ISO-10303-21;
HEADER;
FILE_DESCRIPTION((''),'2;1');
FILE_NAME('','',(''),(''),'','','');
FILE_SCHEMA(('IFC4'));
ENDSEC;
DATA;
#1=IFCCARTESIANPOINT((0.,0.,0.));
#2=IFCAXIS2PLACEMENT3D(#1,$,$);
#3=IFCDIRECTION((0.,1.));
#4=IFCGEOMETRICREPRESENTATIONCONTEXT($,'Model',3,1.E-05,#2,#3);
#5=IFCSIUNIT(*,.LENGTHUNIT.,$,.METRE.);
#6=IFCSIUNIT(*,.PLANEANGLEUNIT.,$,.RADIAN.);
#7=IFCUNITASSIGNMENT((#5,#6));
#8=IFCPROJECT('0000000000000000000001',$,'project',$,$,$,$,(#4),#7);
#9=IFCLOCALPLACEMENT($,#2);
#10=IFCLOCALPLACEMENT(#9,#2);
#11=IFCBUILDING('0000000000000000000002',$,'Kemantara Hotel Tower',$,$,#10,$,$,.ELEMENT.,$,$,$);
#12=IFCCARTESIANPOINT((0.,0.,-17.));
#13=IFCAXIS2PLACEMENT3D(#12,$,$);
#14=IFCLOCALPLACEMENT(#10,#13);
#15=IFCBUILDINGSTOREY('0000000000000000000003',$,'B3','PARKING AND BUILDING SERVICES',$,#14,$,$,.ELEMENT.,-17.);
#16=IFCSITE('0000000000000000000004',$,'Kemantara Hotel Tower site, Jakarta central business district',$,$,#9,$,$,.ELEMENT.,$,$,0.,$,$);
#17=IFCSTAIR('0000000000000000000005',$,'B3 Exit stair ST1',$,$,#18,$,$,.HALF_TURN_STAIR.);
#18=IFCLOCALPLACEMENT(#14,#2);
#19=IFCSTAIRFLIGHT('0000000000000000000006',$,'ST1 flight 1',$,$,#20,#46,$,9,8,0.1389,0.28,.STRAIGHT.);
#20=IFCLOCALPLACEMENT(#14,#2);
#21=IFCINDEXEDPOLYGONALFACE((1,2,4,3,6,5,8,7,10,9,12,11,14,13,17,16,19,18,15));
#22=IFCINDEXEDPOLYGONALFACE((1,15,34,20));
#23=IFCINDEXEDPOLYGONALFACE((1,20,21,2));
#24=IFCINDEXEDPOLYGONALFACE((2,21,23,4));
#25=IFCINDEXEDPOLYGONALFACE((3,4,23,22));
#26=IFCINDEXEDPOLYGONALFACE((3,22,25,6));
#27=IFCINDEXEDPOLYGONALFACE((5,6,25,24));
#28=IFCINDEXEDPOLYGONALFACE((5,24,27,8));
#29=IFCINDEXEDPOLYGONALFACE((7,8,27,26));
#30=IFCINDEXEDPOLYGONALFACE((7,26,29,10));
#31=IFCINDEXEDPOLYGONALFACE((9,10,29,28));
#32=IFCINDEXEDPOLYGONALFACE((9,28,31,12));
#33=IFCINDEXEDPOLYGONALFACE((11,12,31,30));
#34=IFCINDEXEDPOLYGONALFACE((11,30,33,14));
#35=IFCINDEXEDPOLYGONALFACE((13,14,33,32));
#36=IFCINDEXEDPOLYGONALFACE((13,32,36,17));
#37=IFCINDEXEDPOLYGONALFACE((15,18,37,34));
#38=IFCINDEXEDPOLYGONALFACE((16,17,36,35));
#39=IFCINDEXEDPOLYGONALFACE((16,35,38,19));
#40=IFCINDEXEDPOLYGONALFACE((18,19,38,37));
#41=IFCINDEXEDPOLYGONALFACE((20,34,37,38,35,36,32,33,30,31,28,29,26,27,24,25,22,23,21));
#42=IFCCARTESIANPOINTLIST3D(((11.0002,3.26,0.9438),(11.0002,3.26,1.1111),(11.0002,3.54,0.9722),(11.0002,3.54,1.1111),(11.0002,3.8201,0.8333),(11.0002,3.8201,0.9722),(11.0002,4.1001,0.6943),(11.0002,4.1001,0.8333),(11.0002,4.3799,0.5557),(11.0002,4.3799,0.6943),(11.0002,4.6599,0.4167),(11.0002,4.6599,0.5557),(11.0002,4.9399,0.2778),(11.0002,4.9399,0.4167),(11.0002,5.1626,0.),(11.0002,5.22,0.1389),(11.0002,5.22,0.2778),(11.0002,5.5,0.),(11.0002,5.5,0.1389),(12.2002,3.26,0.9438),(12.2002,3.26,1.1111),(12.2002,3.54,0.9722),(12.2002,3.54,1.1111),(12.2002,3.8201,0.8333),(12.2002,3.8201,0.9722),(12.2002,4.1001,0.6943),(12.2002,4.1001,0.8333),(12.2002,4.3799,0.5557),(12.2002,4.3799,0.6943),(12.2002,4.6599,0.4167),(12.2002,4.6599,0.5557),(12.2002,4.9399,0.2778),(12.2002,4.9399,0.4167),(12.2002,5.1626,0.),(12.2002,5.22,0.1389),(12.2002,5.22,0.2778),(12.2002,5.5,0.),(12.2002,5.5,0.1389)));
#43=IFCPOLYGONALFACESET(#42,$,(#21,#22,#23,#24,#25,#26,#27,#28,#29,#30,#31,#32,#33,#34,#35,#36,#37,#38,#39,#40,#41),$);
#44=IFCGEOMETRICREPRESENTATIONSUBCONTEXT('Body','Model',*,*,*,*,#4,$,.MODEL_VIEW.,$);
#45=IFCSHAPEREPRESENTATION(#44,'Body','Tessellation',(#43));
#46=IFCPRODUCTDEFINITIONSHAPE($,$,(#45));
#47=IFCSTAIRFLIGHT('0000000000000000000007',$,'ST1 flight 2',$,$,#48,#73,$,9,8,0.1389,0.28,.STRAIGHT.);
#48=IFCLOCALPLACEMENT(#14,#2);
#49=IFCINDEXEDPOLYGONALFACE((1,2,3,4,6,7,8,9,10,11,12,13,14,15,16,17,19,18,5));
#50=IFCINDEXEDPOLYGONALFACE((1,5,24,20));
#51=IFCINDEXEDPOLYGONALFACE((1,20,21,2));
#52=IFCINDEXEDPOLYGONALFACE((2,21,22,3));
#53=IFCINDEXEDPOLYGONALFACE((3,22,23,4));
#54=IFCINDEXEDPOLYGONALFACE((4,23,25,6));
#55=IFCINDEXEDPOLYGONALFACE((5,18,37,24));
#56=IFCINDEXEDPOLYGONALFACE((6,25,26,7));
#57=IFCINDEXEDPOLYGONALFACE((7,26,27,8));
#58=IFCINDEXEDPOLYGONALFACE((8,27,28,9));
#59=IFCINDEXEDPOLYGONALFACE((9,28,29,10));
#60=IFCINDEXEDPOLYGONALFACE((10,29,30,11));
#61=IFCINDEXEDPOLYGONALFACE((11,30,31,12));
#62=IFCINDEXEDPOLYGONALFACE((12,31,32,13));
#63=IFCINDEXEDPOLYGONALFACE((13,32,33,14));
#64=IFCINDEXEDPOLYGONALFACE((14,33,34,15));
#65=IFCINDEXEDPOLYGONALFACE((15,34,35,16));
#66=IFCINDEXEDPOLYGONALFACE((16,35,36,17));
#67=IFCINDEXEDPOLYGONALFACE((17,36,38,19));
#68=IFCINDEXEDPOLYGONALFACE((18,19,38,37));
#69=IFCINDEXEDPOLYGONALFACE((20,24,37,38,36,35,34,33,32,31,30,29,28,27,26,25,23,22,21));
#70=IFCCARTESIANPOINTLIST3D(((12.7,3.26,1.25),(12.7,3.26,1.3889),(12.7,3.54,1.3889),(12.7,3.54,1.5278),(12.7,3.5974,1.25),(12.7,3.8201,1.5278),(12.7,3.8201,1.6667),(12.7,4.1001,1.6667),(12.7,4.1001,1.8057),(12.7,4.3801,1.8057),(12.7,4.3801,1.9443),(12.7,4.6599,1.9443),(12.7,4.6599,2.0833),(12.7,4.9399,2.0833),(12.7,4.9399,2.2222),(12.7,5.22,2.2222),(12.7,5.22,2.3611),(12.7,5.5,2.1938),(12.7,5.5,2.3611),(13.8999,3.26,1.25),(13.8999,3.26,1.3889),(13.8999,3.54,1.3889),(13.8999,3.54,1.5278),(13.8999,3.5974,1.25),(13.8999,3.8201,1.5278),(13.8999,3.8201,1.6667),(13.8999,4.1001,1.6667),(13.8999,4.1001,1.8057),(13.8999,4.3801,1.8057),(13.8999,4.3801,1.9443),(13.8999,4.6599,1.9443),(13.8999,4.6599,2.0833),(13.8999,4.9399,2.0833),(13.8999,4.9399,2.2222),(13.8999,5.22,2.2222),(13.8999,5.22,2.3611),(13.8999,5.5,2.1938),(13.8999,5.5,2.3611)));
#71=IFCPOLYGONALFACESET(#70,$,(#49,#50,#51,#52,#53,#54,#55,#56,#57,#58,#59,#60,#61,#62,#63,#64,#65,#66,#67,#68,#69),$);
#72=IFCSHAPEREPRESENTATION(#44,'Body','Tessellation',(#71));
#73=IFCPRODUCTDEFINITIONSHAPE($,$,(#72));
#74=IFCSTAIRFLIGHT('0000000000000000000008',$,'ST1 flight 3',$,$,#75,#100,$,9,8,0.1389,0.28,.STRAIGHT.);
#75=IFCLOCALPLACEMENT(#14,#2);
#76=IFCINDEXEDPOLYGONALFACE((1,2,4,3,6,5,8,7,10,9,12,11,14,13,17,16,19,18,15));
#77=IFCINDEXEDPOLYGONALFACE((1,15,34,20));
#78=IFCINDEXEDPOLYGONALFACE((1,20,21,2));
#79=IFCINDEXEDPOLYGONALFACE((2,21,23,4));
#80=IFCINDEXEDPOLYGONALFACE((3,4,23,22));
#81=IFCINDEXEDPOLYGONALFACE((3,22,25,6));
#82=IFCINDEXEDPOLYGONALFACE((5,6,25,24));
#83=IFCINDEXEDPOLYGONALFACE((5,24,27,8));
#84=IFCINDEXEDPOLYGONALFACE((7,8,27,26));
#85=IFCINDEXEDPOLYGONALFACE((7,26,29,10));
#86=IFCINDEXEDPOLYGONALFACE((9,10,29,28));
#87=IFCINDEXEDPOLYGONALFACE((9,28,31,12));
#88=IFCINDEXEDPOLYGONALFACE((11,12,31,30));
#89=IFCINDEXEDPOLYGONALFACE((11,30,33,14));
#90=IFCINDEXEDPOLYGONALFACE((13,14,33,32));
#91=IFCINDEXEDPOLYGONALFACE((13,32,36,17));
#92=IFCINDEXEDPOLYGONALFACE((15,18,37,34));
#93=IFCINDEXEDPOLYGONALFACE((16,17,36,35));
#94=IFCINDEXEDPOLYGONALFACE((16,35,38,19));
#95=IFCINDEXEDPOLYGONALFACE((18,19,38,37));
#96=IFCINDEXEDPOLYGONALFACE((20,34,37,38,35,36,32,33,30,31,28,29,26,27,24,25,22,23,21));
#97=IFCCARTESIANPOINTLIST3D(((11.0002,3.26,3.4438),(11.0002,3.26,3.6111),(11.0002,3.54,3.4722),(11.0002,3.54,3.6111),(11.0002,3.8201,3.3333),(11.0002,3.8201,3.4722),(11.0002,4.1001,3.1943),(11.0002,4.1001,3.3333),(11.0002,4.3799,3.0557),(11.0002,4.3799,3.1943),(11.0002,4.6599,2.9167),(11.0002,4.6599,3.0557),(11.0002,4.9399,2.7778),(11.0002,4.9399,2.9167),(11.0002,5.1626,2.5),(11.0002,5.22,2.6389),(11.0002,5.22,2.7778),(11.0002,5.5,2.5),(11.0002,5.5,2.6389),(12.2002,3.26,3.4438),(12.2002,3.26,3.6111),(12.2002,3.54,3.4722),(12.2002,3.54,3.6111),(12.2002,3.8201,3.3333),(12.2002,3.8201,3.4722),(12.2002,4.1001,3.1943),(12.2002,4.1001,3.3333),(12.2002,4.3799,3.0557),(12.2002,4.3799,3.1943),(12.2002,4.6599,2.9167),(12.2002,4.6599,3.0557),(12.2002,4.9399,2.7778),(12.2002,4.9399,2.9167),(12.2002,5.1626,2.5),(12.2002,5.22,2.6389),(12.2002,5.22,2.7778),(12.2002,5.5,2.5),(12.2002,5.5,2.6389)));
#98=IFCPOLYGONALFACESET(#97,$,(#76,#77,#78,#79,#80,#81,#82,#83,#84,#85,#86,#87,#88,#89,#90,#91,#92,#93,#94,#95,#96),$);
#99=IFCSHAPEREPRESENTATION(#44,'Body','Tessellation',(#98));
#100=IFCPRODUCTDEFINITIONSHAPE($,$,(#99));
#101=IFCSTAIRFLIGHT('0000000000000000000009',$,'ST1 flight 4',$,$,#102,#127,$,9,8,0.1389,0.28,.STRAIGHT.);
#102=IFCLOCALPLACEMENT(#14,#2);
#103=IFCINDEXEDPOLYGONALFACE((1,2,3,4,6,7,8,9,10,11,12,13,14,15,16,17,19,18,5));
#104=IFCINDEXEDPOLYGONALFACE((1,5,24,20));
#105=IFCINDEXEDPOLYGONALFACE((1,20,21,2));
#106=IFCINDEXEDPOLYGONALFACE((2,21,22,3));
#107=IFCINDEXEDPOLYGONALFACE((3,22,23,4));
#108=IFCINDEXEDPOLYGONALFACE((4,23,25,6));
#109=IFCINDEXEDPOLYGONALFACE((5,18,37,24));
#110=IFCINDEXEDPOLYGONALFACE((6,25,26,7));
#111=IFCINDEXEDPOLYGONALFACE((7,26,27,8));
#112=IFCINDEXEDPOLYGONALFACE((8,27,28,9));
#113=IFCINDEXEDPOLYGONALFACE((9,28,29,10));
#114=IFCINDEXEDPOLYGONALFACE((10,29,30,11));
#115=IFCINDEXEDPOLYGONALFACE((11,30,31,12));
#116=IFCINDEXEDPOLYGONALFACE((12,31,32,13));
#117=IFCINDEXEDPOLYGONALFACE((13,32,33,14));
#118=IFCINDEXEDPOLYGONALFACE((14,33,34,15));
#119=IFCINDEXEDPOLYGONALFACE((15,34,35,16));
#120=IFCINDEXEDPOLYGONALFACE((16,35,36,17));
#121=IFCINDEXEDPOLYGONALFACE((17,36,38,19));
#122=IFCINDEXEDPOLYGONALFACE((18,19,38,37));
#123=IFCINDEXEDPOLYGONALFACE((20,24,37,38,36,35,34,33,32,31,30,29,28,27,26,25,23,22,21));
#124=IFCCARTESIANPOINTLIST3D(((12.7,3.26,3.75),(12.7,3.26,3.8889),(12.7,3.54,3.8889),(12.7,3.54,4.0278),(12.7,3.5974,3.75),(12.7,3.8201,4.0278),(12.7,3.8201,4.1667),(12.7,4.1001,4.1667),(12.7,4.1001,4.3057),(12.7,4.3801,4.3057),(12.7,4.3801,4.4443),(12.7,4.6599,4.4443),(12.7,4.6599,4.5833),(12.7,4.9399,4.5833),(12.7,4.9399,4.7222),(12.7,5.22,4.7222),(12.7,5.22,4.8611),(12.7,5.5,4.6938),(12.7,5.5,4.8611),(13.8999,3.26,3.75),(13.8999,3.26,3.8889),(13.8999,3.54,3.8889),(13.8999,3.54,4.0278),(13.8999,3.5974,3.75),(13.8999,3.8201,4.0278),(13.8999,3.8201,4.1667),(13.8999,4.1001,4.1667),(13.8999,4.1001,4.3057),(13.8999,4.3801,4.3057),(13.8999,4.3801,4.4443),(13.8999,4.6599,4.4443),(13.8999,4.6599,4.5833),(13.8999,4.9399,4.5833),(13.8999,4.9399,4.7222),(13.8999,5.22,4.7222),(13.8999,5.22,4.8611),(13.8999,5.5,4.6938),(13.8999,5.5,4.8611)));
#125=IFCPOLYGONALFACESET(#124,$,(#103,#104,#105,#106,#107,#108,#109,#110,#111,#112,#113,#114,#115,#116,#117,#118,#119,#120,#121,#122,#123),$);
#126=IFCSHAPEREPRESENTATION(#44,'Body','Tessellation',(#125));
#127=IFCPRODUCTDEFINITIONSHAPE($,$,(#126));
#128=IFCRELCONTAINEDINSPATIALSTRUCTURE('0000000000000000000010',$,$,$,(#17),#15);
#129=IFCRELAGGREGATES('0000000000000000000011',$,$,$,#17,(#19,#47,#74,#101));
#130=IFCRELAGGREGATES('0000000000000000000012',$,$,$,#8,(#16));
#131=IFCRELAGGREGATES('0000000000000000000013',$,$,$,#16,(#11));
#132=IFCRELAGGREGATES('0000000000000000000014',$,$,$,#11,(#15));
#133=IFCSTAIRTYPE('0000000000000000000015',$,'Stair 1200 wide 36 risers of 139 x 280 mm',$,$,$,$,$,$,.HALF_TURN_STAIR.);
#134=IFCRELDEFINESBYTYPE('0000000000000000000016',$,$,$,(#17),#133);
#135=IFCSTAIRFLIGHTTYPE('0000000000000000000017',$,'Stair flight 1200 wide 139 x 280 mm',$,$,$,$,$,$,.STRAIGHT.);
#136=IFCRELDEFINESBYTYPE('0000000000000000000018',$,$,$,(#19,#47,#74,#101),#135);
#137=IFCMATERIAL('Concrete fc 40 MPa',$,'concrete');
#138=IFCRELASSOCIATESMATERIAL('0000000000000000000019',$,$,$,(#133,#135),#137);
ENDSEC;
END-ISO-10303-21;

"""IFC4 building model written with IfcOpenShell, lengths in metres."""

from ifc_helpers import new_model, si_unit, direction, frame, origin, place, context, subcontext, project, spatial, polyline, outline, extrude, material, type_object, element, aggregate, save


model = new_model("IFC4")

# Units and contexts
model_context = context("Model", 3, precision=1e-05, world=origin(), true_north=direction((0.0, 1.0)))
body_context = subcontext(model_context, "Body", "Model", "MODEL_VIEW")
ifc_project = project(units=[si_unit("LENGTHUNIT", "METRE"), si_unit("PLANEANGLEUNIT", "RADIAN")], contexts=[model_context])

# Site, building, storey
site_placement = place(None, origin())
site = spatial("IfcSite", under=ifc_project, at=site_placement, Name="Kemantara Hotel Tower site, Jakarta central business district", CompositionType="ELEMENT", RefElevation=0.0)
building_placement = place(site_placement, origin())
building = spatial("IfcBuilding", under=site, at=building_placement, Name="Kemantara Hotel Tower", CompositionType="ELEMENT")
storey_placement = place(building_placement, frame((0.0, 0.0, -17.0)))
storey = spatial("IfcBuildingStorey", under=building, at=storey_placement, Name="B3", Description="PARKING AND BUILDING SERVICES", CompositionType="ELEMENT", Elevation=-17.0)

# Stair, stair flights
ifc_material_1 = material(Name="Concrete fc 40 MPa", Category="concrete")
stair_type = type_object("IfcStairType", Name="Stair 1200 wide 36 risers of 139 x 280 mm", PredefinedType="HALF_TURN_STAIR", material=ifc_material_1)
stair_placement = place(storey_placement, origin())
stair = element("IfcStair", 1, at=stair_placement, inside=storey, type_object=stair_type, Name="B3 Exit stair ST1", PredefinedType="HALF_TURN_STAIR")
stair_flight_type = type_object("IfcStairFlightType", Name="Stair flight 1200 wide 139 x 280 mm", PredefinedType="STRAIGHT", material=ifc_material_1)
stair_flight_1_placement = place(storey_placement, frame((11.6001, 5.5, 0.0), z_axis=(0.0, 0.0, 1.0), x_axis=(0.0, -1.0, 0.0)))
stair_flight_1 = element("IfcStairFlight", 2, at=stair_flight_1_placement, type_object=stair_flight_type, Name="ST1 flight 1", NumberOfRisers=9, NumberOfTreads=8, PredefinedType="STRAIGHT", RiserHeight=0.1389, TreadLength=0.28, context=body_context, shape_type="SweptSolid", body=[
    extrude(outline(polyline([(0.0, 0.0), (0.0, 0.1389), (0.28, 0.1389), (0.28, 0.2778), (0.5601, 0.2778), (0.5601, 0.4167), (0.8401, 0.4167), (0.8401, 0.5557), (1.1201, 0.5557), (1.1201, 0.6943), (1.3999, 0.6943), (1.3999, 0.8333), (1.6799, 0.8333), (1.6799, 0.9722), (1.96, 0.9722), (1.96, 1.1111), (2.24, 1.1111), (2.24, 1.25), (2.24, 0.9438), (0.3374, 0.0), (0.0, 0.0)])), frame((0.0, 0.6001, 0.0), z_axis=(0.0, -1.0, 0.0), x_axis=(1.0, 0.0, 0.0)), (0.0, 0.0, 1.0), 1.2),
])
stair_flight_2_placement = place(storey_placement, frame((13.3, 3.26, 1.25), z_axis=(0.0, 0.0, 1.0), x_axis=(0.0, 1.0, 0.0)))
stair_flight_2 = element("IfcStairFlight", 3, at=stair_flight_2_placement, type_object=stair_flight_type, Name="ST1 flight 2", NumberOfRisers=9, NumberOfTreads=8, PredefinedType="STRAIGHT", RiserHeight=0.1389, TreadLength=0.28, context=body_context, shape_type="SweptSolid", body=[
    extrude(outline(polyline([(0.0, 0.0), (0.0, 0.1389), (0.28, 0.1389), (0.28, 0.2778), (0.5601, 0.2778), (0.5601, 0.4167), (0.8401, 0.4167), (0.8401, 0.5557), (1.1201, 0.5557), (1.1201, 0.6943), (1.3999, 0.6943), (1.3999, 0.8333), (1.6799, 0.8333), (1.6799, 0.9722), (1.96, 0.9722), (1.96, 1.1111), (2.24, 1.1111), (2.24, 1.25), (2.24, 0.9438), (0.3374, 0.0), (0.0, 0.0)])), frame((0.0, 0.6001, 0.0), z_axis=(0.0, -1.0, 0.0), x_axis=(1.0, 0.0, 0.0)), (0.0, 0.0, 1.0), 1.2),
])
stair_flight_3_placement = place(storey_placement, frame((11.6001, 5.5, 2.5), z_axis=(0.0, 0.0, 1.0), x_axis=(0.0, -1.0, 0.0)))
stair_flight_3 = element("IfcStairFlight", 4, at=stair_flight_3_placement, type_object=stair_flight_type, Name="ST1 flight 3", NumberOfRisers=9, NumberOfTreads=8, PredefinedType="STRAIGHT", RiserHeight=0.1389, TreadLength=0.28, context=body_context, shape_type="SweptSolid", body=[
    extrude(outline(polyline([(0.0, 0.0), (0.0, 0.1389), (0.28, 0.1389), (0.28, 0.2778), (0.5601, 0.2778), (0.5601, 0.4167), (0.8401, 0.4167), (0.8401, 0.5557), (1.1201, 0.5557), (1.1201, 0.6943), (1.3999, 0.6943), (1.3999, 0.8333), (1.6799, 0.8333), (1.6799, 0.9722), (1.96, 0.9722), (1.96, 1.1111), (2.24, 1.1111), (2.24, 1.25), (2.24, 0.9438), (0.3374, 0.0), (0.0, 0.0)])), frame((0.0, 0.6001, 0.0), z_axis=(0.0, -1.0, 0.0), x_axis=(1.0, 0.0, 0.0)), (0.0, 0.0, 1.0), 1.2),
])
stair_flight_4_placement = place(storey_placement, frame((13.3, 3.26, 3.75), z_axis=(0.0, 0.0, 1.0), x_axis=(0.0, 1.0, 0.0)))
stair_flight_4 = element("IfcStairFlight", 5, at=stair_flight_4_placement, type_object=stair_flight_type, Name="ST1 flight 4", NumberOfRisers=9, NumberOfTreads=8, PredefinedType="STRAIGHT", RiserHeight=0.1389, TreadLength=0.28, context=body_context, shape_type="SweptSolid", body=[
    extrude(outline(polyline([(0.0, 0.0), (0.0, 0.1389), (0.28, 0.1389), (0.28, 0.2778), (0.5601, 0.2778), (0.5601, 0.4167), (0.8401, 0.4167), (0.8401, 0.5557), (1.1201, 0.5557), (1.1201, 0.6943), (1.3999, 0.6943), (1.3999, 0.8333), (1.6799, 0.8333), (1.6799, 0.9722), (1.96, 0.9722), (1.96, 1.1111), (2.24, 1.1111), (2.24, 1.25), (2.24, 0.9438), (0.3374, 0.0), (0.0, 0.0)])), frame((0.0, 0.6001, 0.0), z_axis=(0.0, -1.0, 0.0), x_axis=(1.0, 0.0, 0.0)), (0.0, 0.0, 1.0), 1.2),
])
aggregate(stair, [stair_flight_1, stair_flight_2, stair_flight_3, stair_flight_4])

save(model, "model.ifc")
